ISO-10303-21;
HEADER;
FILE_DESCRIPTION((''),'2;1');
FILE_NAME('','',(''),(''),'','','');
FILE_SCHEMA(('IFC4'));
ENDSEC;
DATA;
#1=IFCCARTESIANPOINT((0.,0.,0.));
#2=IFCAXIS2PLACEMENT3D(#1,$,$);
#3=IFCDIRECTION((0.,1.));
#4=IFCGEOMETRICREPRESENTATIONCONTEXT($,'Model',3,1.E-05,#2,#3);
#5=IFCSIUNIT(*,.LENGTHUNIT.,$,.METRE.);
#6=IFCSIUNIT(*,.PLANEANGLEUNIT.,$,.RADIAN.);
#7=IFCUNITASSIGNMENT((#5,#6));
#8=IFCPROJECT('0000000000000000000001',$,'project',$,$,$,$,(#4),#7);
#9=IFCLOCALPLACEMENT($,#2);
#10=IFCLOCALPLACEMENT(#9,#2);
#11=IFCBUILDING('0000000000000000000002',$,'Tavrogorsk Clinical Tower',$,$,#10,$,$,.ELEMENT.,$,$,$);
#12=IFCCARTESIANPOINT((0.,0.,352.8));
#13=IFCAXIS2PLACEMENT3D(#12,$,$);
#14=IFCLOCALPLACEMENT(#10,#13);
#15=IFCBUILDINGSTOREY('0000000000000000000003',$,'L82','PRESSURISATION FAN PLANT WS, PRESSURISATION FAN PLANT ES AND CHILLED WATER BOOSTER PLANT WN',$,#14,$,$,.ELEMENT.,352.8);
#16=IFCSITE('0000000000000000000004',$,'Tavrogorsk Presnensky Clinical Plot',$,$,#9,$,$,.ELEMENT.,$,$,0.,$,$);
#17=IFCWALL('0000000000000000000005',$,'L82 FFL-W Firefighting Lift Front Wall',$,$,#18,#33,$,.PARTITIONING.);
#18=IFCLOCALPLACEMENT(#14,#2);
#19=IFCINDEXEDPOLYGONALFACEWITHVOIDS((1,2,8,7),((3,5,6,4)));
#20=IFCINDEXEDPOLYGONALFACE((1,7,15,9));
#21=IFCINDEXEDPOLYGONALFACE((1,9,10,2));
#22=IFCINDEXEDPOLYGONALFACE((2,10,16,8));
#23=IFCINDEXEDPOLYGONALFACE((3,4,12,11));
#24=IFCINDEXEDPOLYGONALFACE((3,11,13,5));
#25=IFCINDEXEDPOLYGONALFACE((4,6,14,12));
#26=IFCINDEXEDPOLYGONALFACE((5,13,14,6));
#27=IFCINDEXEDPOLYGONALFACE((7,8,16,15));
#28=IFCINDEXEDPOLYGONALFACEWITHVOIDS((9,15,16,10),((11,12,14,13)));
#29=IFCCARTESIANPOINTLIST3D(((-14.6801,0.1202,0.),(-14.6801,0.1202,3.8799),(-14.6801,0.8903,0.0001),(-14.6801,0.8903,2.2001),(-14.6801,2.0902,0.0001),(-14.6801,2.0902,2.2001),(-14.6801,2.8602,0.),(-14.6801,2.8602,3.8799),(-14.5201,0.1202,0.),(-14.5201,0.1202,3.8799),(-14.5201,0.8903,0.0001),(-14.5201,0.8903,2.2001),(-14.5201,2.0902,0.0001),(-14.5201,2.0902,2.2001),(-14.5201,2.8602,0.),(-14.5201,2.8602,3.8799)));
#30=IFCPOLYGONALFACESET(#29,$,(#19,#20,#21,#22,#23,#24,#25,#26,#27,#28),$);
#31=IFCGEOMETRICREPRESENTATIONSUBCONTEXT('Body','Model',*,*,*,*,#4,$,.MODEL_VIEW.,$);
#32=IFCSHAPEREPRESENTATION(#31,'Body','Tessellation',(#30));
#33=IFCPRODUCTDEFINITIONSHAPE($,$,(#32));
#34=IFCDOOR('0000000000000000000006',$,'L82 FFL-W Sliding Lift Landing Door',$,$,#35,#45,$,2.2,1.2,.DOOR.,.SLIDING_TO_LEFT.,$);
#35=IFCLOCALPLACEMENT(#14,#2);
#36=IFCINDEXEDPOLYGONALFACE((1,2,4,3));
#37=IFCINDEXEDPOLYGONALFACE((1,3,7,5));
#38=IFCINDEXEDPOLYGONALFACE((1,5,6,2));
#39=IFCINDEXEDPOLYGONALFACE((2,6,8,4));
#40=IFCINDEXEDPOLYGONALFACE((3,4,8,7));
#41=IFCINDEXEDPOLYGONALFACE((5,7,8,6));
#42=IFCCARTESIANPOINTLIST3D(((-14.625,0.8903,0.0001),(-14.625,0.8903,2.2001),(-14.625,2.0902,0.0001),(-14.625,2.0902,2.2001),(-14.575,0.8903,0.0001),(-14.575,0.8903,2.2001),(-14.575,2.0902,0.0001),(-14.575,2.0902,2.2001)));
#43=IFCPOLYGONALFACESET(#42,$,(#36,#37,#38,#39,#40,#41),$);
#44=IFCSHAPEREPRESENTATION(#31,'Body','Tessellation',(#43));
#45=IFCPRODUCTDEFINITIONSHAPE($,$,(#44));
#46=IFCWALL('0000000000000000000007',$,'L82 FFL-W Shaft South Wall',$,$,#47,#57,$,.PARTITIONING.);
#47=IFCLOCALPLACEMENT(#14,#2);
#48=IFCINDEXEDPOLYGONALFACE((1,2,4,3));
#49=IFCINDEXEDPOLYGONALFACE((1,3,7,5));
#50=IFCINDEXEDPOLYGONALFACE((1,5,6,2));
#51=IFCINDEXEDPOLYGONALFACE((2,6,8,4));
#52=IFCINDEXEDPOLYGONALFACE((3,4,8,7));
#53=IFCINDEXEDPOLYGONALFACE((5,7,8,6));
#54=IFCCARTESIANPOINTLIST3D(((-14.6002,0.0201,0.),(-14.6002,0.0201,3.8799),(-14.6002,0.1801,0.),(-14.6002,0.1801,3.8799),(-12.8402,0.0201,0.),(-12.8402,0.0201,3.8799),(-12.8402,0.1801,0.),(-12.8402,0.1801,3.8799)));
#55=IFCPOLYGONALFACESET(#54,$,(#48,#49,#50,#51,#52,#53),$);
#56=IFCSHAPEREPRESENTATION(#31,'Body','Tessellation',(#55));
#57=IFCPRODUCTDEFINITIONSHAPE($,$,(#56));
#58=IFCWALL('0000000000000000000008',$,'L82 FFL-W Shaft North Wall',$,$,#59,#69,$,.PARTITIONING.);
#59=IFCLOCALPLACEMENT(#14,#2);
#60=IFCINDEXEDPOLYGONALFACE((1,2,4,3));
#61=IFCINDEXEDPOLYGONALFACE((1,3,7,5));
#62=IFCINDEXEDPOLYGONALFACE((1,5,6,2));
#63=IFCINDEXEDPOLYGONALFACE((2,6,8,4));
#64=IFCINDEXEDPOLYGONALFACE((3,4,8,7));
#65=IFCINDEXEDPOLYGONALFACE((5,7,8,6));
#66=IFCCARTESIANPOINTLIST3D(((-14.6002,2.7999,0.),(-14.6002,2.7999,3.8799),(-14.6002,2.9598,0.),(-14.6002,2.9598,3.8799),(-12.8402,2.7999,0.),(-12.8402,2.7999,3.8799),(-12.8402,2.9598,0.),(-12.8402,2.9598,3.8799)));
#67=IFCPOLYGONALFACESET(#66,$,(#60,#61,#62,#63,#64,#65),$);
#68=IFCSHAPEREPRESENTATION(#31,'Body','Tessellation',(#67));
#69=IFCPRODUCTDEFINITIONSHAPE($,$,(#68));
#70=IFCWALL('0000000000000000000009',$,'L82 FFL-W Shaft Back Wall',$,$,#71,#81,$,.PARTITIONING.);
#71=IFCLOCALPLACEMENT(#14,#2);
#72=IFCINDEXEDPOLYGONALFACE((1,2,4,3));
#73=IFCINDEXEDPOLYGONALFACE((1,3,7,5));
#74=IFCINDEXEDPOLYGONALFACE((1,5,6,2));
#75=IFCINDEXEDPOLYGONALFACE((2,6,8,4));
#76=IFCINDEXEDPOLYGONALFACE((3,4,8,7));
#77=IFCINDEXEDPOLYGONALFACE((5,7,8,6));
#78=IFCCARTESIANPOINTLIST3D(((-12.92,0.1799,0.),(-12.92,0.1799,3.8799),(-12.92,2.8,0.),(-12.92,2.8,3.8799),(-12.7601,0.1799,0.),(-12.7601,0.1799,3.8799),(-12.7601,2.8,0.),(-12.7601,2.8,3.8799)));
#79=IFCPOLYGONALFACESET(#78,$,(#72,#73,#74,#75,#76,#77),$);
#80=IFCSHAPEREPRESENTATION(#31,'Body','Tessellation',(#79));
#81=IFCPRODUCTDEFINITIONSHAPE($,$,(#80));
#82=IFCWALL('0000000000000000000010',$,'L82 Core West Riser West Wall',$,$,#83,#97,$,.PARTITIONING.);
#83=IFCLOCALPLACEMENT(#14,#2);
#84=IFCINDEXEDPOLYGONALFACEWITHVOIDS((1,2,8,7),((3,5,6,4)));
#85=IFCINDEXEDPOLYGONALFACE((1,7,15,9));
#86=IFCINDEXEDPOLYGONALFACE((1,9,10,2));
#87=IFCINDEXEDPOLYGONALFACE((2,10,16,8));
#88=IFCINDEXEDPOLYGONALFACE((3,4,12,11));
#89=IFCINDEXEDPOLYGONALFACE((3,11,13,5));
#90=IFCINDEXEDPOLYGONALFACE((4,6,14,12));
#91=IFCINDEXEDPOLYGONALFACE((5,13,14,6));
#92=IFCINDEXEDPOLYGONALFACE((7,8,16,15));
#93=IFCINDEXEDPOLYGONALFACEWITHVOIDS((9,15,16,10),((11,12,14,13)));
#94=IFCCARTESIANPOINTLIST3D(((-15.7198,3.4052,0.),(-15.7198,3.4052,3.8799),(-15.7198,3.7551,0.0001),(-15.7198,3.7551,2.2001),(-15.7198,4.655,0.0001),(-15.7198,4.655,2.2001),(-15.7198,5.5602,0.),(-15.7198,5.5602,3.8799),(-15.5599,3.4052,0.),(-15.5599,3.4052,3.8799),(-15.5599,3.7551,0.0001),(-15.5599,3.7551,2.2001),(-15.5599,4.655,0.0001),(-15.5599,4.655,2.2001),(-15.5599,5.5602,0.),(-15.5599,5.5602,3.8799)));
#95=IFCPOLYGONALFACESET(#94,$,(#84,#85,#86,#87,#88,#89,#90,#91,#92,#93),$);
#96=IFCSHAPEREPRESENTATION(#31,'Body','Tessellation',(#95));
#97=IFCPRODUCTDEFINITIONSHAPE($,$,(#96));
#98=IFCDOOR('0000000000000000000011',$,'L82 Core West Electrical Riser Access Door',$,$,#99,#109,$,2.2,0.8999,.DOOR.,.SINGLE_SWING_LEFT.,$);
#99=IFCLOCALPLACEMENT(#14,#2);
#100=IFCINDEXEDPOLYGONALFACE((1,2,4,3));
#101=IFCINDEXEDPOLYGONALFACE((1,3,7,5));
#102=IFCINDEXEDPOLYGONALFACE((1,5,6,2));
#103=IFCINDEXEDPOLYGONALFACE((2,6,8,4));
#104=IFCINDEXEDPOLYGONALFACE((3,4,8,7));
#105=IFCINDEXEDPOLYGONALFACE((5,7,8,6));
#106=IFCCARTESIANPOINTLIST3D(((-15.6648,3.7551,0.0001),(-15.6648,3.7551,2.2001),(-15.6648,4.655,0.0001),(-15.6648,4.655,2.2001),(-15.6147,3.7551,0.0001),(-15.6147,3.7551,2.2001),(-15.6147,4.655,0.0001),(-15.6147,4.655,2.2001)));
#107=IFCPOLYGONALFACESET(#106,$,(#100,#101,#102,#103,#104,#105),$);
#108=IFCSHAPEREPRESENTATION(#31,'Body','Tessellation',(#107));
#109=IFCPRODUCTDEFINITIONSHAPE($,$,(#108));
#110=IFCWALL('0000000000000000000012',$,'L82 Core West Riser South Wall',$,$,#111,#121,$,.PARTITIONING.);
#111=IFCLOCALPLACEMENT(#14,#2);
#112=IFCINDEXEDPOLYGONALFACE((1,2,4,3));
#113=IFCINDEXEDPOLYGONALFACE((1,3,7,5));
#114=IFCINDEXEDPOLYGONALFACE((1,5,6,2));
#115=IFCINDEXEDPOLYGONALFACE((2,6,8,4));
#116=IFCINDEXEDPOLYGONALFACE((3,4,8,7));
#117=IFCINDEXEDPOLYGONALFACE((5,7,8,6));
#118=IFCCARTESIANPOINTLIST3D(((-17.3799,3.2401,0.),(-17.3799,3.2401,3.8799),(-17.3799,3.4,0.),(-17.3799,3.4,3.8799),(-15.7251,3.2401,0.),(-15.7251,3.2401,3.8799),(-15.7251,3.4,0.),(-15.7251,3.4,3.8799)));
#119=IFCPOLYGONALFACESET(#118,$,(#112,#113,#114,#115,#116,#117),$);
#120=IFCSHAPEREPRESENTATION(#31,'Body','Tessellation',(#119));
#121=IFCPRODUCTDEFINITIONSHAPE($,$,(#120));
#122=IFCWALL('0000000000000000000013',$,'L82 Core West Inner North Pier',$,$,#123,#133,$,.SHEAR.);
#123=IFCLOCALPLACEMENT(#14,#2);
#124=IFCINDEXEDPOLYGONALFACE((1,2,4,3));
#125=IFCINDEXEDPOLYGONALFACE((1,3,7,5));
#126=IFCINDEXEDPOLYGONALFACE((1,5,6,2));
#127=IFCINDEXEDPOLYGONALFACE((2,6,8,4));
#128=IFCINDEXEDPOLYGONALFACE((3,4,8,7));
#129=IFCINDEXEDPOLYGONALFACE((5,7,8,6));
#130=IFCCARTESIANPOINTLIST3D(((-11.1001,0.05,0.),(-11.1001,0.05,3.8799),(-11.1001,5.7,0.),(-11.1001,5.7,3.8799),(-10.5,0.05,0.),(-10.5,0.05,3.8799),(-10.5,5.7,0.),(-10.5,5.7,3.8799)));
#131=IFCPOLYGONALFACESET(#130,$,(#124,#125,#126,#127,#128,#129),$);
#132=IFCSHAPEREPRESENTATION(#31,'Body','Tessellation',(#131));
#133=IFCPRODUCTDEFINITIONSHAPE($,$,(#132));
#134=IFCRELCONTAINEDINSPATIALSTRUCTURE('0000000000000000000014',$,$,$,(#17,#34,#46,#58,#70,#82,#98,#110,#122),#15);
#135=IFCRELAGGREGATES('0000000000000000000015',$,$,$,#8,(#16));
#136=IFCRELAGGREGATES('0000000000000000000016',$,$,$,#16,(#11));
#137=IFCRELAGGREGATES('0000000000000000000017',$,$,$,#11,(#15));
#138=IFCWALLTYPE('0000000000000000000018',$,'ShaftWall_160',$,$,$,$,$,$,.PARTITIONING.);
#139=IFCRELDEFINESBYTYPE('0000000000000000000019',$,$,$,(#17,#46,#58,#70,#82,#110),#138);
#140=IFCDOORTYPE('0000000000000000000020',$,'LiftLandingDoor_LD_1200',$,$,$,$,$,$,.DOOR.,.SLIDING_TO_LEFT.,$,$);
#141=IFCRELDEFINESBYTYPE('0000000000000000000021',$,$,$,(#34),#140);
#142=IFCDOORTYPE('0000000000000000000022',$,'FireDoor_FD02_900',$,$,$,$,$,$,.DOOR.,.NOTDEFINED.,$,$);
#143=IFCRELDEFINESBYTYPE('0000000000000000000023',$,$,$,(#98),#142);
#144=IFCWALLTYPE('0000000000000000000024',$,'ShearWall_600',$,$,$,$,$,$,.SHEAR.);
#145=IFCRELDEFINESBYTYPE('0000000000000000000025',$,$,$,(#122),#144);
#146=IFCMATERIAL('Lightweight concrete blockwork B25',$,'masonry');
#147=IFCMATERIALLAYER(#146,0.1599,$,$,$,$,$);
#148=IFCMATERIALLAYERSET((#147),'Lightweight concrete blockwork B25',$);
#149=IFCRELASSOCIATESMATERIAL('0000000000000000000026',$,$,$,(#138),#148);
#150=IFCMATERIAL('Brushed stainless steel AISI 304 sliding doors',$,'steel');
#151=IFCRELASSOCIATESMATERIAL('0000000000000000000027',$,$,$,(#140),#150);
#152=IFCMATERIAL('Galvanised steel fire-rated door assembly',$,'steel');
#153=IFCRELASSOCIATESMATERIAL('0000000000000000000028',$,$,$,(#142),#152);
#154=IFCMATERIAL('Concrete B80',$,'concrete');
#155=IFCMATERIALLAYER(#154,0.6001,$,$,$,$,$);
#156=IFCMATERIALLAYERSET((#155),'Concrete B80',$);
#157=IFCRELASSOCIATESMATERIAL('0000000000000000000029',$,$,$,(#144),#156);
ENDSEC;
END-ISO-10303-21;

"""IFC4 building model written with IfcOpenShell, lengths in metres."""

from ifc_helpers import new_model, si_unit, direction, frame, frame_2d, origin, place, context, subcontext, project, spatial, rectangle, extrude, material, layer, layer_set, type_object, element, fill, save


model = new_model("IFC4")

# Units and contexts
model_context = context("Model", 3, precision=1e-05, world=origin(), true_north=direction((0.0, 1.0)))
body_context = subcontext(model_context, "Body", "Model", "MODEL_VIEW")
ifc_project = project(units=[si_unit("LENGTHUNIT", "METRE"), si_unit("PLANEANGLEUNIT", "RADIAN")], contexts=[model_context])

# Site, building, storey
site_placement = place(None, origin())
site = spatial("IfcSite", under=ifc_project, at=site_placement, Name="Tavrogorsk Presnensky Clinical Plot", CompositionType="ELEMENT", RefElevation=0.0)
building_placement = place(site_placement, origin())
building = spatial("IfcBuilding", under=site, at=building_placement, Name="Tavrogorsk Clinical Tower", CompositionType="ELEMENT")
storey_placement = place(building_placement, frame((0.0, 0.0, 352.8)))
storey = spatial("IfcBuildingStorey", under=building, at=storey_placement, Name="L82", Description="PRESSURISATION FAN PLANT WS, PRESSURISATION FAN PLANT ES AND CHILLED WATER BOOSTER PLANT WN", CompositionType="ELEMENT", Elevation=352.8)

# Wall, opening, door
ifc_material_1 = material(Name="Lightweight concrete blockwork B25", Category="masonry")
ifc_layer_1 = layer(ifc_material_1, 0.1599)
ifc_layer_set_1 = layer_set([ifc_layer_1], Name="Lightweight concrete blockwork B25")
wall_type_1 = type_object("IfcWallType", Name="ShaftWall_160", PredefinedType="PARTITIONING", material=ifc_layer_set_1)
wall_1_placement = place(storey_placement, frame((-14.6001, 0.1201, 0.0), z_axis=(0.0, 0.0, 1.0), x_axis=(0.0, 1.0, 0.0)))
wall_1 = element("IfcWall", 1, at=wall_1_placement, inside=storey, type_object=wall_type_1, Name="L82 FFL-W Firefighting Lift Front Wall", PredefinedType="PARTITIONING", context=body_context, shape_type="SweptSolid", body=[
    extrude(rectangle(XDim=2.74, YDim=0.1599, at=frame_2d((1.3701, 0.0))), origin(), (0.0, 0.0, 1.0), 3.8799),
])
opening_1_placement = place(wall_1_placement, frame((0.77, 0.0, 0.0)))
opening_1 = element("IfcOpeningElement", 2, at=opening_1_placement, cuts=wall_1, PredefinedType="OPENING", context=body_context, shape_type="SweptSolid", body=[
    extrude(rectangle(XDim=1.2, YDim=2.2, at=frame_2d((0.6001, 1.1001))), frame((0.0, 0.0898, 0.0), z_axis=(0.0, -1.0, 0.0), x_axis=(1.0, 0.0, 0.0)), (0.0, 0.0, 1.0), 0.1799),
])
ifc_material_2 = material(Name="Brushed stainless steel AISI 304 sliding doors", Category="steel")
door_type_1 = type_object("IfcDoorType", Name="LiftLandingDoor_LD_1200", OperationType="SLIDING_TO_LEFT", PredefinedType="DOOR", material=ifc_material_2)
door_1_placement = place(opening_1_placement, origin())
door_1 = element("IfcDoor", 3, at=door_1_placement, inside=storey, type_object=door_type_1, Name="L82 FFL-W Sliding Lift Landing Door", OperationType="SLIDING_TO_LEFT", OverallHeight=2.2, OverallWidth=1.2, PredefinedType="DOOR", context=body_context, shape_type="SweptSolid", body=[
    extrude(rectangle(XDim=1.2, YDim=2.2, at=frame_2d((0.6001, 1.1001))), frame((0.0, 0.0249, 0.0), z_axis=(0.0, -1.0, 0.0), x_axis=(1.0, 0.0, 0.0)), (0.0, 0.0, 1.0), 0.05),
])
fill(opening_1, door_1)

# Walls
for number, where, z_axis, x_axis, name in (
    (4, (-14.6001, 0.1001, 0.0), (0.0, 0.0, 1.0), (1.0, 0.0, 0.0), "L82 FFL-W Shaft South Wall"),
    (5, (-14.6001, 2.8799, 0.0), (0.0, 0.0, 1.0), (1.0, 0.0, 0.0), "L82 FFL-W Shaft North Wall"),
):
    element("IfcWall", number, at=place(storey_placement, frame(where, z_axis=z_axis, x_axis=x_axis)), inside=storey, type_object=wall_type_1, Name=name, PredefinedType="PARTITIONING", context=body_context, shape_type="SweptSolid", body=[
        extrude(rectangle(XDim=1.76, YDim=0.1599, at=frame_2d((0.8799, 0.0))), origin(), (0.0, 0.0, 1.0), 3.8799),
    ])
wall_2_placement = place(storey_placement, frame((-12.8401, 0.1799, 0.0), z_axis=(0.0, 0.0, 1.0), x_axis=(0.0, 1.0, 0.0)))
element("IfcWall", 6, at=wall_2_placement, inside=storey, type_object=wall_type_1, Name="L82 FFL-W Shaft Back Wall", PredefinedType="PARTITIONING", context=body_context, shape_type="SweptSolid", body=[
    extrude(rectangle(XDim=2.6201, YDim=0.1599, at=frame_2d((1.3101, 0.0))), origin(), (0.0, 0.0, 1.0), 3.8799),
])

# Wall, opening, door
wall_3_placement = place(storey_placement, frame((-15.6399, 3.405, 0.0), z_axis=(0.0, 0.0, 1.0), x_axis=(0.0, 1.0, 0.0)))
wall_3 = element("IfcWall", 7, at=wall_3_placement, inside=storey, type_object=wall_type_1, Name="L82 Core West Riser West Wall", PredefinedType="PARTITIONING", context=body_context, shape_type="SweptSolid", body=[
    extrude(rectangle(XDim=2.155, YDim=0.1599, at=frame_2d((1.0776, 0.0))), origin(), (0.0, 0.0, 1.0), 3.8799),
])
opening_2_placement = place(wall_3_placement, frame((0.3501, 0.0, 0.0)))
opening_2 = element("IfcOpeningElement", 8, at=opening_2_placement, cuts=wall_3, PredefinedType="OPENING", context=body_context, shape_type="SweptSolid", body=[
    extrude(rectangle(XDim=0.8999, YDim=2.2, at=frame_2d((0.45, 1.1001))), frame((0.0, 0.0898, 0.0), z_axis=(0.0, -1.0, 0.0), x_axis=(1.0, 0.0, 0.0)), (0.0, 0.0, 1.0), 0.1799),
])
ifc_material_3 = material(Name="Galvanised steel fire-rated door assembly", Category="steel")
door_type_2 = type_object("IfcDoorType", Name="FireDoor_FD02_900", OperationType="NOTDEFINED", PredefinedType="DOOR", material=ifc_material_3)
door_2_placement = place(opening_2_placement, origin())
door_2 = element("IfcDoor", 9, at=door_2_placement, inside=storey, type_object=door_type_2, Name="L82 Core West Electrical Riser Access Door", OperationType="SINGLE_SWING_LEFT", OverallHeight=2.2, OverallWidth=0.8999, PredefinedType="DOOR", context=body_context, shape_type="SweptSolid", body=[
    extrude(rectangle(XDim=0.8999, YDim=2.2, at=frame_2d((0.45, 1.1001))), frame((0.0, 0.0249, 0.0), z_axis=(0.0, -1.0, 0.0), x_axis=(1.0, 0.0, 0.0)), (0.0, 0.0, 1.0), 0.05),
])
fill(opening_2, door_2)

# Walls
wall_4_placement = place(storey_placement, frame((-17.3799, 3.3201, 0.0), z_axis=(0.0, 0.0, 1.0), x_axis=(1.0, 0.0, 0.0)))
element("IfcWall", 10, at=wall_4_placement, inside=storey, type_object=wall_type_1, Name="L82 Core West Riser South Wall", PredefinedType="PARTITIONING", context=body_context, shape_type="SweptSolid", body=[
    extrude(rectangle(XDim=1.6548, YDim=0.1599, at=frame_2d((0.8274, 0.0))), origin(), (0.0, 0.0, 1.0), 3.8799),
])
ifc_material_4 = material(Name="Concrete B80", Category="concrete")
ifc_layer_2 = layer(ifc_material_4, 0.6001)
ifc_layer_set_2 = layer_set([ifc_layer_2], Name="Concrete B80")
wall_type_2 = type_object("IfcWallType", Name="ShearWall_600", PredefinedType="SHEAR", material=ifc_layer_set_2)
wall_5_placement = place(storey_placement, frame((-10.8, 0.05, 0.0), z_axis=(0.0, 0.0, 1.0), x_axis=(0.0, 1.0, 0.0)))
element("IfcWall", 11, at=wall_5_placement, inside=storey, type_object=wall_type_2, Name="L82 Core West Inner North Pier", PredefinedType="SHEAR", context=body_context, shape_type="SweptSolid", body=[
    extrude(rectangle(XDim=5.6499, YDim=0.6001, at=frame_2d((2.825, 0.0))), origin(), (0.0, 0.0, 1.0), 3.8799),
])

save(model, "model.ifc")
